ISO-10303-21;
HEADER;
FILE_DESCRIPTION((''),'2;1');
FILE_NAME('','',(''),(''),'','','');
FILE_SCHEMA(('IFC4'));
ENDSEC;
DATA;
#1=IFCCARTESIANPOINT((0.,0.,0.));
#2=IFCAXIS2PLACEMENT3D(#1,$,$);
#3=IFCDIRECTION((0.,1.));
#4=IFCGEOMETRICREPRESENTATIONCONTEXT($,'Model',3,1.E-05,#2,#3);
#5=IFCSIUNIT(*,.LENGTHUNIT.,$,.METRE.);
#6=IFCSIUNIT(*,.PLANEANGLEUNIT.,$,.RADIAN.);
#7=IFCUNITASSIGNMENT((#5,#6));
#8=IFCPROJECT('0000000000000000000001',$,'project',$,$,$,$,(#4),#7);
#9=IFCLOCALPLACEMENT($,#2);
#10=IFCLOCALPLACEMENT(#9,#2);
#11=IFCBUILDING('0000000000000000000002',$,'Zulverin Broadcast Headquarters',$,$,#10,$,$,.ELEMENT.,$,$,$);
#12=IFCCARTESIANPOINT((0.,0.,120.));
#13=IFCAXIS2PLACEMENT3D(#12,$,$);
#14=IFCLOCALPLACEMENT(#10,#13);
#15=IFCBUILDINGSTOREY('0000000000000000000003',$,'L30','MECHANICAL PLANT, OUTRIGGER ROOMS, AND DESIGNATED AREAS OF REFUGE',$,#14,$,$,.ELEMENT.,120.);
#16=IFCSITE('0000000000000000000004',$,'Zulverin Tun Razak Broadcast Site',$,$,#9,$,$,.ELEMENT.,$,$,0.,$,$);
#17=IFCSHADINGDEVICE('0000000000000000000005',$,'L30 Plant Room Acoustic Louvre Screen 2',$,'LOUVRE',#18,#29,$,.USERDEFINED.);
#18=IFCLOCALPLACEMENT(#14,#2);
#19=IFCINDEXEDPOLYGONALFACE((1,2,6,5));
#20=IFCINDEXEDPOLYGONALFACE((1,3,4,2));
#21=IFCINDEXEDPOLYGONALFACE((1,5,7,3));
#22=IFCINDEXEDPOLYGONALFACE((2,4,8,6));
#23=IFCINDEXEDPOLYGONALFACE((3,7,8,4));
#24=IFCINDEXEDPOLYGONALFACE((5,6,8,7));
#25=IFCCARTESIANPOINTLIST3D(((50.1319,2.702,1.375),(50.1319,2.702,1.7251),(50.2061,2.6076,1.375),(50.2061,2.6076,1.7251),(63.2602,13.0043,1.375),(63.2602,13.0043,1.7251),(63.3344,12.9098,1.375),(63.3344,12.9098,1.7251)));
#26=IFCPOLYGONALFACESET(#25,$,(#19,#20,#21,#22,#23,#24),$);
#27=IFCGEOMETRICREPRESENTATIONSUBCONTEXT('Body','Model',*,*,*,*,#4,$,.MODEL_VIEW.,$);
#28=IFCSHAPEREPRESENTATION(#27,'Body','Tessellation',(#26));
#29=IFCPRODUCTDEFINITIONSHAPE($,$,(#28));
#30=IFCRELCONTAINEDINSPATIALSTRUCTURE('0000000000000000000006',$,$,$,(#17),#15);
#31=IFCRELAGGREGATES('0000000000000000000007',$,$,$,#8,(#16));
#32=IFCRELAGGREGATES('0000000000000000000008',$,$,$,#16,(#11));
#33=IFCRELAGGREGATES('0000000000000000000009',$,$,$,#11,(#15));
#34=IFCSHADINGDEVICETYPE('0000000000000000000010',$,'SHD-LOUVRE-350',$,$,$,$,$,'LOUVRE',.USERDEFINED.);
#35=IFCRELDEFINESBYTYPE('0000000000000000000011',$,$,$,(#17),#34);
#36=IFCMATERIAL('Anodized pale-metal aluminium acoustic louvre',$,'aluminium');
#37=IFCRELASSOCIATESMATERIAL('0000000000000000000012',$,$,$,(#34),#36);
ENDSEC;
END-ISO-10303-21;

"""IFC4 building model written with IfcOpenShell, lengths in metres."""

from ifc_helpers import new_model, si_unit, direction, frame, origin, origin_2d, place, context, subcontext, project, spatial, rectangle, extrude, material, type_object, element, save


model = new_model("IFC4")

# Units and contexts
model_context = context("Model", 3, precision=1e-05, world=origin(), true_north=direction((0.0, 1.0)))
body_context = subcontext(model_context, "Body", "Model", "MODEL_VIEW")
ifc_project = project(units=[si_unit("LENGTHUNIT", "METRE"), si_unit("PLANEANGLEUNIT", "RADIAN")], contexts=[model_context])

# Site, building, storey
site_placement = place(None, origin())
site = spatial("IfcSite", under=ifc_project, at=site_placement, Name="Zulverin Tun Razak Broadcast Site", CompositionType="ELEMENT", RefElevation=0.0)
building_placement = place(site_placement, origin())
building = spatial("IfcBuilding", under=site, at=building_placement, Name="Zulverin Broadcast Headquarters", CompositionType="ELEMENT")
storey_placement = place(building_placement, frame((0.0, 0.0, 120.0)))
storey = spatial("IfcBuildingStorey", under=building, at=storey_placement, Name="L30", Description="MECHANICAL PLANT, OUTRIGGER ROOMS, AND DESIGNATED AREAS OF REFUGE", CompositionType="ELEMENT", Elevation=120.0)

# Shading device
ifc_material_1 = material(Name="Anodized pale-metal aluminium acoustic louvre", Category="aluminium")
shading_device_type = type_object("IfcShadingDeviceType", Name="SHD-LOUVRE-350", ElementType="LOUVRE", PredefinedType="USERDEFINED", material=ifc_material_1)
shading_device_placement = place(storey_placement, frame((56.7332, 7.8059, 1.375), z_axis=(0.0, 0.0, 1.0), x_axis=(0.786694, 0.617343, 0.0)))
element("IfcShadingDevice", 1, at=shading_device_placement, inside=storey, type_object=shading_device_type, Name="L30 Plant Room Acoustic Louvre Screen 2", ObjectType="LOUVRE", PredefinedType="USERDEFINED", context=body_context, shape_type="SweptSolid", body=[
    extrude(rectangle(XDim=16.688, YDim=0.1201, at=origin_2d()), origin(), (0.0, 0.0, 1.0), 0.3501),
])

save(model, "model.ifc")
